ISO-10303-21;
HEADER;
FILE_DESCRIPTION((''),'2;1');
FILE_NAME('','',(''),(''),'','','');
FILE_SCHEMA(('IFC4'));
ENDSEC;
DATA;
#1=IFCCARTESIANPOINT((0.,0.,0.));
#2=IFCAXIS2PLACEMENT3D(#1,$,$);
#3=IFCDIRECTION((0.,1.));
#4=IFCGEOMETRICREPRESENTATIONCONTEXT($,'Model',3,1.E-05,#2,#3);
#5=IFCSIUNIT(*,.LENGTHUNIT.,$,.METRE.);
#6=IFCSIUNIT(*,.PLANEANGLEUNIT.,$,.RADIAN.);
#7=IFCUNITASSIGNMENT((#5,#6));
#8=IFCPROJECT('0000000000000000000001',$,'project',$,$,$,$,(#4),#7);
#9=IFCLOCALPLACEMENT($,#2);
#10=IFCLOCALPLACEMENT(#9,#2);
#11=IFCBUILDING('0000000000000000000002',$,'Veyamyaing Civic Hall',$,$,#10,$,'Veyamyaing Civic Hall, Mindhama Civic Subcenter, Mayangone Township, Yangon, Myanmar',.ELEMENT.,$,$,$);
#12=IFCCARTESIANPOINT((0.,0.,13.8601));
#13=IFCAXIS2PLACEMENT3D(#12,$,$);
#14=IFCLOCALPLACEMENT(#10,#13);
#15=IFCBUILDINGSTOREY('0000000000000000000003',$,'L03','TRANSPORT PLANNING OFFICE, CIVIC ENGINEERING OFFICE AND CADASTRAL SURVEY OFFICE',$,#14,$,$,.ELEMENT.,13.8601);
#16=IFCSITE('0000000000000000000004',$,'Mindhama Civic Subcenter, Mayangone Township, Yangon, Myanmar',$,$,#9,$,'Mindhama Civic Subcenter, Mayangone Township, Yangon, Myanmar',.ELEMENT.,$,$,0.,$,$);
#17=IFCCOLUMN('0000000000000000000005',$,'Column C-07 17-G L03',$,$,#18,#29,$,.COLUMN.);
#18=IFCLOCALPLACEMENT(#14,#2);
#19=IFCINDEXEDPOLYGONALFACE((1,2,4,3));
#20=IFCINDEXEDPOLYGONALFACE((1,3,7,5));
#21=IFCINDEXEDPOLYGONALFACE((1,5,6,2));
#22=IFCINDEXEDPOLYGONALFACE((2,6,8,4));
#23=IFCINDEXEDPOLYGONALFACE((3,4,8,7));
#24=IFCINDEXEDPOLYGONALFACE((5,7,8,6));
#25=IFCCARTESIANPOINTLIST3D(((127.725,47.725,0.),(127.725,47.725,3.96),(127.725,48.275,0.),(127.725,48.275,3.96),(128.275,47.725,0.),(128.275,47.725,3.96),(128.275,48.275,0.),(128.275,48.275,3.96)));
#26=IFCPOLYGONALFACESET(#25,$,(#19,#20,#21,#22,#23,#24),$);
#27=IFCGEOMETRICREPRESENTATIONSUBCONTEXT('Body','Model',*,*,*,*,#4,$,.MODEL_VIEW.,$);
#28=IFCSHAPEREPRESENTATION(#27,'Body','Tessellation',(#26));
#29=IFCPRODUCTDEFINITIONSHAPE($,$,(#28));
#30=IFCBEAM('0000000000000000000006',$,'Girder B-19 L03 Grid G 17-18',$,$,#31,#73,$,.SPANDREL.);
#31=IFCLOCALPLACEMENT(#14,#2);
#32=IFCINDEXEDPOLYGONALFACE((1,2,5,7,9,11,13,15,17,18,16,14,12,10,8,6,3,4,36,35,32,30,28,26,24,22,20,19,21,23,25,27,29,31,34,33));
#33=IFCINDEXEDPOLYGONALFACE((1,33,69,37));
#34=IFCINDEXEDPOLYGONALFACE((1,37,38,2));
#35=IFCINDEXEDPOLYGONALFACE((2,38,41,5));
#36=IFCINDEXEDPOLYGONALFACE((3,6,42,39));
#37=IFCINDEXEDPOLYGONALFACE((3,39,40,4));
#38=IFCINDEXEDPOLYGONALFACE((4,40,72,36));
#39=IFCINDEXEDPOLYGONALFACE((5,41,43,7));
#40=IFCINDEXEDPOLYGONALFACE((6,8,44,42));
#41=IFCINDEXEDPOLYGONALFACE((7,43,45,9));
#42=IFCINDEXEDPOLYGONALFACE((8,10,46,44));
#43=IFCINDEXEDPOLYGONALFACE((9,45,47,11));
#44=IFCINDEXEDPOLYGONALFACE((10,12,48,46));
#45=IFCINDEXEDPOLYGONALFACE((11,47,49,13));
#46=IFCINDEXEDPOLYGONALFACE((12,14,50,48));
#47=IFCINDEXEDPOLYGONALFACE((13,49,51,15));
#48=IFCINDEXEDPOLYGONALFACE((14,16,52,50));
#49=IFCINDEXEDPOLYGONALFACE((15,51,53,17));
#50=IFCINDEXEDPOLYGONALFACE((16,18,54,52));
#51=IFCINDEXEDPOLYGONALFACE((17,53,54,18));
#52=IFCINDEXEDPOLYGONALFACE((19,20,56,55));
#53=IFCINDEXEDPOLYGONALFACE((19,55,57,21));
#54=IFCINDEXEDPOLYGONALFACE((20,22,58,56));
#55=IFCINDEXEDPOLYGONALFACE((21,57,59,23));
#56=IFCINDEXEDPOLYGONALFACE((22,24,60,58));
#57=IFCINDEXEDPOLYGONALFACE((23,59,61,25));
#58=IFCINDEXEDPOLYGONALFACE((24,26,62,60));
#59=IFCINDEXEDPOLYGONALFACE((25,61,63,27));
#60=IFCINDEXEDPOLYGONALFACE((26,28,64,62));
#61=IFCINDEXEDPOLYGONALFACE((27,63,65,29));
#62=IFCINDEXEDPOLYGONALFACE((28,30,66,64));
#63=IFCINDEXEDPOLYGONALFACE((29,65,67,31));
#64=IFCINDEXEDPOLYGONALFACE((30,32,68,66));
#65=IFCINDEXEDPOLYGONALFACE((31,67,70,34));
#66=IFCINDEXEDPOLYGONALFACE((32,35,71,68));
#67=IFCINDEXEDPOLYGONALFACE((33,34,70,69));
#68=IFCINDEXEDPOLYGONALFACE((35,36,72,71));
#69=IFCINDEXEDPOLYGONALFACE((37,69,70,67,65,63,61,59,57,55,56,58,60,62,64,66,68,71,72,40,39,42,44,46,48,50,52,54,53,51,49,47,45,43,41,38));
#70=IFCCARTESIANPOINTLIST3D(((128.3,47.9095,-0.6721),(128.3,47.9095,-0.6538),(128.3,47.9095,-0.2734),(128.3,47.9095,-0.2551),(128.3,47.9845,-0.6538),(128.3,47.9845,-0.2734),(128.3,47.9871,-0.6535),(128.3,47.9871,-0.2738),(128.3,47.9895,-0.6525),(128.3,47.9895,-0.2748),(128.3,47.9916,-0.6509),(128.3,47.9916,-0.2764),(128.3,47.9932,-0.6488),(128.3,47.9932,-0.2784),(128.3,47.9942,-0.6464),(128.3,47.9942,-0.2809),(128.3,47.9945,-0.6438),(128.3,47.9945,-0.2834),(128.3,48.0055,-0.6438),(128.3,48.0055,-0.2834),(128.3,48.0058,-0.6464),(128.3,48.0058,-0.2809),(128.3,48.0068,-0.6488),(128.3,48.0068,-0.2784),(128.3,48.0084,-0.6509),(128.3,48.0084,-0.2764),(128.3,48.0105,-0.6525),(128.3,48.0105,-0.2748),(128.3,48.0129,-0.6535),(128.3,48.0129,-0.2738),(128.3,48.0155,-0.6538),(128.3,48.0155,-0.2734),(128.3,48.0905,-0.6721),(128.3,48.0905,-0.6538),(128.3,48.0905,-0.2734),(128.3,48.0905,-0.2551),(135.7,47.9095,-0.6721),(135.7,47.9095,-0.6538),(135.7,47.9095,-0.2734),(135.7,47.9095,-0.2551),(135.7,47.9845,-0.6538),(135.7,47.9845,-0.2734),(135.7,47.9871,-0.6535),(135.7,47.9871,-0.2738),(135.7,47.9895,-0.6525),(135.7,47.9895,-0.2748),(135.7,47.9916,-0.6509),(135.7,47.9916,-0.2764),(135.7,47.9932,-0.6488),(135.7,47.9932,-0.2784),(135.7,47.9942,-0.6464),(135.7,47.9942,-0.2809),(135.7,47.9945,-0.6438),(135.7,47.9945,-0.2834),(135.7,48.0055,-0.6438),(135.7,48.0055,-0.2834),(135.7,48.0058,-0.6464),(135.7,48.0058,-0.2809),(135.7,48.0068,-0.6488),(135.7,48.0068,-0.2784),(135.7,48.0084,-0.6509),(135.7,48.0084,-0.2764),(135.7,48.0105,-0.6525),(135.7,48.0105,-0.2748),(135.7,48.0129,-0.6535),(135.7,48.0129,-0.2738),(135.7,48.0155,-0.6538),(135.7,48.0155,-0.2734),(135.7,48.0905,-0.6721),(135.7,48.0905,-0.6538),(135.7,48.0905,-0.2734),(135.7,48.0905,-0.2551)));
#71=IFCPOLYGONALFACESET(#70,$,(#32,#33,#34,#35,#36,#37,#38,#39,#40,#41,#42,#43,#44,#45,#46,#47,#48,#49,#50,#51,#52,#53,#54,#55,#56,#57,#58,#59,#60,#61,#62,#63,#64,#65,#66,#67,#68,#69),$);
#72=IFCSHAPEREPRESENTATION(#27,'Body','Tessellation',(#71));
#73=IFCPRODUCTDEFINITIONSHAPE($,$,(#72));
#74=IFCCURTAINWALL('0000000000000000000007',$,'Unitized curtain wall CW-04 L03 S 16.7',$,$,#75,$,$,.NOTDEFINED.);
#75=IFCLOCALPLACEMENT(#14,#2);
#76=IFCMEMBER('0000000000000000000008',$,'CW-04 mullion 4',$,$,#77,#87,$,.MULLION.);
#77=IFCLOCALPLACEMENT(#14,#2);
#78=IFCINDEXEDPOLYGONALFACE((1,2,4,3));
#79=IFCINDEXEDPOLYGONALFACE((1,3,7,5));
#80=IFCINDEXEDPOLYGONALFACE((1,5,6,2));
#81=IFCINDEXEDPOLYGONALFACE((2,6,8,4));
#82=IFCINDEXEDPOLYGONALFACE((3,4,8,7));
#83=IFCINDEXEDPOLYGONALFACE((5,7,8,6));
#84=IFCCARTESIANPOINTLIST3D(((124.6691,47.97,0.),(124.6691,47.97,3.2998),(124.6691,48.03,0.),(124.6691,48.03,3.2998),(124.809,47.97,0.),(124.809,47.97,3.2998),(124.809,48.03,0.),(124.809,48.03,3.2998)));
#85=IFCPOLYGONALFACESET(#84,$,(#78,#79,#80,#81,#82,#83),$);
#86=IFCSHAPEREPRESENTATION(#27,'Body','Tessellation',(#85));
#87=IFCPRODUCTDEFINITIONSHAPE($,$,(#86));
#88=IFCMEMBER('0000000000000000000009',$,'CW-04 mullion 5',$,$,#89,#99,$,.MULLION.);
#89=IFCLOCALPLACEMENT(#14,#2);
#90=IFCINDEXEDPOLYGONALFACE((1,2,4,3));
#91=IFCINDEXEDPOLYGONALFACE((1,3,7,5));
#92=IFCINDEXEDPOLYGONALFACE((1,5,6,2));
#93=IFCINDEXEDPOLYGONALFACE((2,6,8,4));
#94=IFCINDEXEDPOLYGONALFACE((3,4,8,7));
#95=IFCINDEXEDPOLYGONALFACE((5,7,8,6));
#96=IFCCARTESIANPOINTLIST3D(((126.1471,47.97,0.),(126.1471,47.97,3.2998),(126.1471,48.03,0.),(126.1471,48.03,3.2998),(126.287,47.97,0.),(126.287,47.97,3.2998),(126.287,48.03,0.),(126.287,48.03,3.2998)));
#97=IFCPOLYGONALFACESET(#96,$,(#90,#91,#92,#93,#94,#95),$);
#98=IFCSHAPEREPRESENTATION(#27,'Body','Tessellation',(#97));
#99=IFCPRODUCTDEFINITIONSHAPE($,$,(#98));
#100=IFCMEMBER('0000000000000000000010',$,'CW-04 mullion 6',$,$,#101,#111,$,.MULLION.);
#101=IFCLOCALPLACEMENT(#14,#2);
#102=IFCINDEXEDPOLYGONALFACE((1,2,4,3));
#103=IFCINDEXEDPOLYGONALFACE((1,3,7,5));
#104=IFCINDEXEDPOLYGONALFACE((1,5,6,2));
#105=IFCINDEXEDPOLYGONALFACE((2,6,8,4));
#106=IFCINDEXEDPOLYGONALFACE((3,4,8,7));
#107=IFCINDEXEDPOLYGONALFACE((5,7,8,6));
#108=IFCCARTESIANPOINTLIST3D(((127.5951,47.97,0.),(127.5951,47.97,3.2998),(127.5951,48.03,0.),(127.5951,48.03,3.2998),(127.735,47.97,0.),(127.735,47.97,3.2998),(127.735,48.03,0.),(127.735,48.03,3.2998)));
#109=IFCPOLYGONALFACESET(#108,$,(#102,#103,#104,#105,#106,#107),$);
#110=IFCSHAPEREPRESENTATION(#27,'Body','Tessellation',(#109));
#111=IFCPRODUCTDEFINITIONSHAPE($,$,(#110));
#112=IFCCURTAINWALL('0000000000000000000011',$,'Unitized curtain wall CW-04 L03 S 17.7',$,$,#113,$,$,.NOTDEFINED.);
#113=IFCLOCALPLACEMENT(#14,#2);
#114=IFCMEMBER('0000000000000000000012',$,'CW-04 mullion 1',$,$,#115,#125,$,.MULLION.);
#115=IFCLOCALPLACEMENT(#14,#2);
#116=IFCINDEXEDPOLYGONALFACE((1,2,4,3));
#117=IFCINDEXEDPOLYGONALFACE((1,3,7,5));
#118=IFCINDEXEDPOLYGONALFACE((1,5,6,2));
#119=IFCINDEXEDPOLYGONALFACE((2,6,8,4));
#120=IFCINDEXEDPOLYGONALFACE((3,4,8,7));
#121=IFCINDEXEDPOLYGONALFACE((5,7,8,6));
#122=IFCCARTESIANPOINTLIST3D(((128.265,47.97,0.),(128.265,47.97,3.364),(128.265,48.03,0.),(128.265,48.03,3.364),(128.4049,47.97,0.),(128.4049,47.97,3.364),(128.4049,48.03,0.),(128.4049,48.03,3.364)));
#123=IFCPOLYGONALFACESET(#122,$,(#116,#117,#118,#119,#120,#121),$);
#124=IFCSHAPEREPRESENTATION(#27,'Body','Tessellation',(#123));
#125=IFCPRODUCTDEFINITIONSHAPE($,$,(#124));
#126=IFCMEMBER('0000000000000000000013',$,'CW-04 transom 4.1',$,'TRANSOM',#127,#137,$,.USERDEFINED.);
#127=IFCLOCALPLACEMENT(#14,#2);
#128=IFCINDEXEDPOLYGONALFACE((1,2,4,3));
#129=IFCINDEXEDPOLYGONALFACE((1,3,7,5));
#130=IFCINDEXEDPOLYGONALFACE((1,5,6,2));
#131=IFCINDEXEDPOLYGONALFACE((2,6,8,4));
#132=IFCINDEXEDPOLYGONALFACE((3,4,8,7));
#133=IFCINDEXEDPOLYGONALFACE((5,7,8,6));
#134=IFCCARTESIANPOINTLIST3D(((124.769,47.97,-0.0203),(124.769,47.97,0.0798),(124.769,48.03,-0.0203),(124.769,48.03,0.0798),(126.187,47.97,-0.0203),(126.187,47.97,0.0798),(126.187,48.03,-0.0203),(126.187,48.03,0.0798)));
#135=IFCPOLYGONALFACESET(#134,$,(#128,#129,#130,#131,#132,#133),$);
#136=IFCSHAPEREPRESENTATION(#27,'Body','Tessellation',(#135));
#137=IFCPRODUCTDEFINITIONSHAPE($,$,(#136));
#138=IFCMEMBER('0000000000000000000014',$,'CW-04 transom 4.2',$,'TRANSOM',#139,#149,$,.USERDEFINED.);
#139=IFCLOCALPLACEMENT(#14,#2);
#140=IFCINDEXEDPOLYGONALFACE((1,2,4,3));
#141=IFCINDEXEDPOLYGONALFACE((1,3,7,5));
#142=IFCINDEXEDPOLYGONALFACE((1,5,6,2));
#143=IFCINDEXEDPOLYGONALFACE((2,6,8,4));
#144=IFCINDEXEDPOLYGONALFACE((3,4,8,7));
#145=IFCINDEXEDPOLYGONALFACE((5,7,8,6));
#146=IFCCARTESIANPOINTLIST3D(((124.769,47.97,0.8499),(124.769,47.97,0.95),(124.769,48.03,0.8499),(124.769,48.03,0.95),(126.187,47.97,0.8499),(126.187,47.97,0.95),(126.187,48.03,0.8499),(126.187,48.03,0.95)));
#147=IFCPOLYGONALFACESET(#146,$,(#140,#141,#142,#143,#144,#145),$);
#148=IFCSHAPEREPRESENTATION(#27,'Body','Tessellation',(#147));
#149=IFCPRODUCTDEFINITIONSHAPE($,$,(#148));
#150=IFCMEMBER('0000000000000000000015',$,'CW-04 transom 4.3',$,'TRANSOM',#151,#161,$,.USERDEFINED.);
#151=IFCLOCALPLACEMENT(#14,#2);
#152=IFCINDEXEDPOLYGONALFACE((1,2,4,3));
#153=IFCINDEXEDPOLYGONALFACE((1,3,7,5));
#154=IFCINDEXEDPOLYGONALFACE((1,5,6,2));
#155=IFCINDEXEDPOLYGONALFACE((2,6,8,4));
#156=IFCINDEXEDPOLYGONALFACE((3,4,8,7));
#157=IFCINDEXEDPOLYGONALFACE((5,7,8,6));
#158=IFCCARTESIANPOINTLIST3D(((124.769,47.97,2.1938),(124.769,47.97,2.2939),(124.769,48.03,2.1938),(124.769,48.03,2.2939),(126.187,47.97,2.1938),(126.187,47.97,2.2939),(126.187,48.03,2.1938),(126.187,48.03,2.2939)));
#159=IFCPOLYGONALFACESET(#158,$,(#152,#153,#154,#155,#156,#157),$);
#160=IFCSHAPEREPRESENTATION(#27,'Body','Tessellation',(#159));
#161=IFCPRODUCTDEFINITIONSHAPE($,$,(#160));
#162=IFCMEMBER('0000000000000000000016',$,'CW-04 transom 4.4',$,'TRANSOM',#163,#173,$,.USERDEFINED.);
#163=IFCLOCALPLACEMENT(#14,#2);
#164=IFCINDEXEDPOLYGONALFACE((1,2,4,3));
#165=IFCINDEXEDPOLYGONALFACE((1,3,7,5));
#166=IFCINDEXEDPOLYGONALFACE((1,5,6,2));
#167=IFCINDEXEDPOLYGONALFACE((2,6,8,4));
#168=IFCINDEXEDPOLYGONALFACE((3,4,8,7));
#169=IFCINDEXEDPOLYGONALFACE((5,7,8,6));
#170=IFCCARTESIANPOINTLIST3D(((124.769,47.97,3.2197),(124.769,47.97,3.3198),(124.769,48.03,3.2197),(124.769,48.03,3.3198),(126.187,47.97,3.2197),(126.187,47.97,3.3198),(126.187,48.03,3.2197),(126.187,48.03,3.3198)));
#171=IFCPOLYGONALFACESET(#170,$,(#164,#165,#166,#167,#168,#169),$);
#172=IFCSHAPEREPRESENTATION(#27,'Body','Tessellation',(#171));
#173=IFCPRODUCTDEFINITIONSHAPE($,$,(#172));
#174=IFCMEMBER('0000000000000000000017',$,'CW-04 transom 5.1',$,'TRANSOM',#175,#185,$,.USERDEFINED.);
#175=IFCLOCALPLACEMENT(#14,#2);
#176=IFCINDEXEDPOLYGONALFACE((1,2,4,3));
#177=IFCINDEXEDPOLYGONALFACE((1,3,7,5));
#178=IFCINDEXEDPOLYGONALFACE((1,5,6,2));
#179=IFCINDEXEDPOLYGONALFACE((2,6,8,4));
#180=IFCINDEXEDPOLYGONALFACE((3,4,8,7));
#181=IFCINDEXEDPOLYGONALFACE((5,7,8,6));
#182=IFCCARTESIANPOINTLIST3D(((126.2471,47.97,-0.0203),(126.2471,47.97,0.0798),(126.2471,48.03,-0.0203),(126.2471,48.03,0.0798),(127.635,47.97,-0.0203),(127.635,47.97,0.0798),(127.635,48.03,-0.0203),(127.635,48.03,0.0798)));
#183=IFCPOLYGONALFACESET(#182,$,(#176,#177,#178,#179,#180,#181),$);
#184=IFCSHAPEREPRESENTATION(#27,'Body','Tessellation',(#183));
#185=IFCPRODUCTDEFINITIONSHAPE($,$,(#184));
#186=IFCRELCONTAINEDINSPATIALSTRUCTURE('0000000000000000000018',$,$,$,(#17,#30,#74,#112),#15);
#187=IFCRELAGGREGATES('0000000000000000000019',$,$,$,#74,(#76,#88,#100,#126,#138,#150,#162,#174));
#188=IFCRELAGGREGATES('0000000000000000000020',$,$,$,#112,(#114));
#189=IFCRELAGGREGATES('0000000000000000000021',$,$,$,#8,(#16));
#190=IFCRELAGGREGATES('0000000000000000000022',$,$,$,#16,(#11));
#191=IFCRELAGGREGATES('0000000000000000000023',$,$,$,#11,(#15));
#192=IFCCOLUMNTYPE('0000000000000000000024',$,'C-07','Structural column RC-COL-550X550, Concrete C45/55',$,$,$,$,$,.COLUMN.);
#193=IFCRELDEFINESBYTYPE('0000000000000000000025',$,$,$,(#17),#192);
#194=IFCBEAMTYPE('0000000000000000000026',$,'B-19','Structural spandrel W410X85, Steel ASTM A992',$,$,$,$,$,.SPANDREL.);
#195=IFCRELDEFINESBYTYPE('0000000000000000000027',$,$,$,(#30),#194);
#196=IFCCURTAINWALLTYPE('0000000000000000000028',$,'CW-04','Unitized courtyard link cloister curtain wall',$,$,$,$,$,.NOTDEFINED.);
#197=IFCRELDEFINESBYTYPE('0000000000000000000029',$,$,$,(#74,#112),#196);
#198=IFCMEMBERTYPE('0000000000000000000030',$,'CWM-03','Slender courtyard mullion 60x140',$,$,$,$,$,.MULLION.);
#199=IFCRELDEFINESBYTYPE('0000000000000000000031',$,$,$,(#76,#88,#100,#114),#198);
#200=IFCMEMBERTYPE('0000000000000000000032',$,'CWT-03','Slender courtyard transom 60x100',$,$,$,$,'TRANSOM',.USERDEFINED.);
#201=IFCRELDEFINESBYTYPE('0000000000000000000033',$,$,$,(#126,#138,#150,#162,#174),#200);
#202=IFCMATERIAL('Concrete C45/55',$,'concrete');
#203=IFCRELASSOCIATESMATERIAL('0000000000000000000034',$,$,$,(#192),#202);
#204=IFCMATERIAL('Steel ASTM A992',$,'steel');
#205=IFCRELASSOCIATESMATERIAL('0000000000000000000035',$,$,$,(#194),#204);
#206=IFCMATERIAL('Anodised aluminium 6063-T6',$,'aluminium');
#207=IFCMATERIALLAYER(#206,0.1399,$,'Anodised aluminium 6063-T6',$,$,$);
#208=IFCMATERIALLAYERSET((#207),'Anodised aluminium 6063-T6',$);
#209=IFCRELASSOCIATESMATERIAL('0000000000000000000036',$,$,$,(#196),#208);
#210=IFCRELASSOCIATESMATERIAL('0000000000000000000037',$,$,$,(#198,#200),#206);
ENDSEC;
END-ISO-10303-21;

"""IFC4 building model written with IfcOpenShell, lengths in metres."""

from ifc_helpers import new_model, si_unit, direction, frame, origin, origin_2d, place, context, subcontext, project, spatial, rectangle, i_section, extrude, material, layer, layer_set, material_profile, profile_set, type_object, element, aggregate, save


model = new_model("IFC4")

# Units and contexts
model_context = context("Model", 3, precision=1e-05, world=origin(), true_north=direction((0.0, 1.0)))
body_context = subcontext(model_context, "Body", "Model", "MODEL_VIEW")
ifc_project = project(units=[si_unit("LENGTHUNIT", "METRE"), si_unit("PLANEANGLEUNIT", "RADIAN")], contexts=[model_context])

# Site, building, storey
site_placement = place(None, origin())
site = spatial("IfcSite", under=ifc_project, at=site_placement, Name="Mindhama Civic Subcenter, Mayangone Township, Yangon, Myanmar", LongName="Mindhama Civic Subcenter, Mayangone Township, Yangon, Myanmar", CompositionType="ELEMENT", RefElevation=0.0)
building_placement = place(site_placement, origin())
building = spatial("IfcBuilding", under=site, at=building_placement, Name="Veyamyaing Civic Hall", LongName="Veyamyaing Civic Hall, Mindhama Civic Subcenter, Mayangone Township, Yangon, Myanmar", CompositionType="ELEMENT")
storey_placement = place(building_placement, frame((0.0, 0.0, 13.8601)))
storey = spatial("IfcBuildingStorey", under=building, at=storey_placement, Name="L03", Description="TRANSPORT PLANNING OFFICE, CIVIC ENGINEERING OFFICE AND CADASTRAL SURVEY OFFICE", CompositionType="ELEMENT", Elevation=13.8601)

# Column
ifc_material_1 = material(Name="Concrete C45/55", Category="concrete")
ifc_material_profile_1 = material_profile(ifc_material_1, rectangle(XDim=0.55, YDim=0.55, at=origin_2d()), Name="RC-COL-550X550")
ifc_profile_set_1 = profile_set([ifc_material_profile_1], Name="Concrete C45/55")
column_type = type_object("IfcColumnType", Name="C-07", Description="Structural column RC-COL-550X550, Concrete C45/55", PredefinedType="COLUMN", material=ifc_profile_set_1)
column_placement = place(storey_placement, frame((128.0, 48.0, 0.0), z_axis=(0.0, 0.0, 1.0), x_axis=(1.0, 0.0, 0.0)))
element("IfcColumn", 1, at=column_placement, inside=storey, type_object=column_type, Name="Column C-07 17-G L03", PredefinedType="COLUMN", context=body_context, shape_type="SweptSolid", body=[
    extrude(rectangle(XDim=0.55, YDim=0.55, at=origin_2d()), origin(), (0.0, 0.0, 1.0), 3.96),
])

# Beam
ifc_material_2 = material(Name="Steel ASTM A992", Category="steel")
ifc_material_profile_2 = material_profile(ifc_material_2, i_section(OverallWidth=0.1809, OverallDepth=0.417, WebThickness=0.011, FlangeThickness=0.0183, FilletRadius=0.01, at=origin_2d()), Name="W410X85")
ifc_profile_set_2 = profile_set([ifc_material_profile_2], Name="Steel ASTM A992")
beam_type = type_object("IfcBeamType", Name="B-19", Description="Structural spandrel W410X85, Steel ASTM A992", PredefinedType="SPANDREL", material=ifc_profile_set_2)
beam_placement = place(storey_placement, frame((128.3, 48.0, -0.4636), z_axis=(1.0, 0.0, 0.0), x_axis=(0.0, 1.0, 0.0)))
element("IfcBeam", 2, at=beam_placement, inside=storey, type_object=beam_type, Name="Girder B-19 L03 Grid G 17-18", PredefinedType="SPANDREL", context=body_context, shape_type="SweptSolid", body=[
    extrude(i_section(OverallWidth=0.1809, OverallDepth=0.417, WebThickness=0.011, FlangeThickness=0.0183, FilletRadius=0.01, at=origin_2d()), origin(), (0.0, 0.0, 1.0), 7.3999),
])

# Curtain wall, members
ifc_material_3 = material(Name="Anodised aluminium 6063-T6", Category="aluminium")
ifc_layer_1 = layer(ifc_material_3, 0.1399, Name="Anodised aluminium 6063-T6")
ifc_layer_set_1 = layer_set([ifc_layer_1], Name="Anodised aluminium 6063-T6")
curtain_wall_type = type_object("IfcCurtainWallType", Name="CW-04", Description="Unitized courtyard link cloister curtain wall", PredefinedType="NOTDEFINED", material=ifc_layer_set_1)
curtain_wall_1_placement = place(storey_placement, origin())
curtain_wall_1 = element("IfcCurtainWall", 3, at=curtain_wall_1_placement, inside=storey, type_object=curtain_wall_type, Name="Unitized curtain wall CW-04 L03 S 16.7", PredefinedType="NOTDEFINED")
ifc_material_profile_3 = material_profile(ifc_material_3, rectangle(XDim=0.0601, YDim=0.1399, at=origin_2d()), Name="ALU-MUL-60X140")
ifc_profile_set_3 = profile_set([ifc_material_profile_3], Name="Anodised aluminium 6063-T6")
member_type_1 = type_object("IfcMemberType", Name="CWM-03", Description="Slender courtyard mullion 60x140", PredefinedType="MULLION", material=ifc_profile_set_3)
member_1_placement = place(storey_placement, frame((124.739, 48.0, 0.0), z_axis=(0.0, 0.0, 1.0), x_axis=(0.0, 1.0, 0.0)))
member_1 = element("IfcMember", 4, at=member_1_placement, type_object=member_type_1, Name="CW-04 mullion 4", PredefinedType="MULLION", context=body_context, shape_type="SweptSolid", body=[
    extrude(rectangle(XDim=0.0601, YDim=0.1399, at=origin_2d()), origin(), (0.0, 0.0, 1.0), 3.2998),
])
member_2_placement = place(storey_placement, frame((126.217, 48.0, 0.0), z_axis=(0.0, 0.0, 1.0), x_axis=(0.0, 1.0, 0.0)))
member_2 = element("IfcMember", 5, at=member_2_placement, type_object=member_type_1, Name="CW-04 mullion 5", PredefinedType="MULLION", context=body_context, shape_type="SweptSolid", body=[
    extrude(rectangle(XDim=0.0601, YDim=0.1399, at=origin_2d()), origin(), (0.0, 0.0, 1.0), 3.2998),
])
member_3_placement = place(storey_placement, frame((127.665, 48.0, 0.0), z_axis=(0.0, 0.0, 1.0), x_axis=(0.0, 1.0, 0.0)))
member_3 = element("IfcMember", 6, at=member_3_placement, type_object=member_type_1, Name="CW-04 mullion 6", PredefinedType="MULLION", context=body_context, shape_type="SweptSolid", body=[
    extrude(rectangle(XDim=0.0601, YDim=0.1399, at=origin_2d()), origin(), (0.0, 0.0, 1.0), 3.2998),
])

# Curtain wall, member
curtain_wall_2_placement = place(storey_placement, origin())
curtain_wall_2 = element("IfcCurtainWall", 7, at=curtain_wall_2_placement, inside=storey, type_object=curtain_wall_type, Name="Unitized curtain wall CW-04 L03 S 17.7", PredefinedType="NOTDEFINED")
member_4_placement = place(storey_placement, frame((128.335, 48.0, 0.0), z_axis=(0.0, 0.0, 1.0), x_axis=(0.0, 1.0, 0.0)))
member_4 = element("IfcMember", 8, at=member_4_placement, type_object=member_type_1, Name="CW-04 mullion 1", PredefinedType="MULLION", context=body_context, shape_type="SweptSolid", body=[
    extrude(rectangle(XDim=0.0601, YDim=0.1399, at=origin_2d()), origin(), (0.0, 0.0, 1.0), 3.364),
])

# Members
ifc_material_profile_4 = material_profile(ifc_material_3, rectangle(XDim=0.0601, YDim=0.1001, at=origin_2d()), Name="ALU-TRN-60X100")
ifc_profile_set_4 = profile_set([ifc_material_profile_4], Name="Anodised aluminium 6063-T6")
member_type_2 = type_object("IfcMemberType", Name="CWT-03", Description="Slender courtyard transom 60x100", ElementType="TRANSOM", PredefinedType="USERDEFINED", material=ifc_profile_set_4)
member_5_placement = place(storey_placement, frame((124.769, 48.0, 0.0298), z_axis=(1.0, 0.0, 0.0), x_axis=(0.0, 1.0, 0.0)))
member_5 = element("IfcMember", 9, at=member_5_placement, type_object=member_type_2, Name="CW-04 transom 4.1", ObjectType="TRANSOM", PredefinedType="USERDEFINED", context=body_context, shape_type="SweptSolid", body=[
    extrude(rectangle(XDim=0.0601, YDim=0.1001, at=origin_2d()), origin(), (0.0, 0.0, 1.0), 1.418),
])
member_6_placement = place(storey_placement, frame((124.769, 48.0, 0.8999), z_axis=(1.0, 0.0, 0.0), x_axis=(0.0, 1.0, 0.0)))
member_6 = element("IfcMember", 10, at=member_6_placement, type_object=member_type_2, Name="CW-04 transom 4.2", ObjectType="TRANSOM", PredefinedType="USERDEFINED", context=body_context, shape_type="SweptSolid", body=[
    extrude(rectangle(XDim=0.0601, YDim=0.1001, at=origin_2d()), origin(), (0.0, 0.0, 1.0), 1.418),
])
member_7_placement = place(storey_placement, frame((124.769, 48.0, 2.2439), z_axis=(1.0, 0.0, 0.0), x_axis=(0.0, 1.0, 0.0)))
member_7 = element("IfcMember", 11, at=member_7_placement, type_object=member_type_2, Name="CW-04 transom 4.3", ObjectType="TRANSOM", PredefinedType="USERDEFINED", context=body_context, shape_type="SweptSolid", body=[
    extrude(rectangle(XDim=0.0601, YDim=0.1001, at=origin_2d()), origin(), (0.0, 0.0, 1.0), 1.418),
])
member_8_placement = place(storey_placement, frame((124.769, 48.0, 3.2698), z_axis=(1.0, 0.0, 0.0), x_axis=(0.0, 1.0, 0.0)))
member_8 = element("IfcMember", 12, at=member_8_placement, type_object=member_type_2, Name="CW-04 transom 4.4", ObjectType="TRANSOM", PredefinedType="USERDEFINED", context=body_context, shape_type="SweptSolid", body=[
    extrude(rectangle(XDim=0.0601, YDim=0.1001, at=origin_2d()), origin(), (0.0, 0.0, 1.0), 1.418),
])
member_9_placement = place(storey_placement, frame((126.2471, 48.0, 0.0298), z_axis=(1.0, 0.0, 0.0), x_axis=(0.0, 1.0, 0.0)))
member_9 = element("IfcMember", 13, at=member_9_placement, type_object=member_type_2, Name="CW-04 transom 5.1", ObjectType="TRANSOM", PredefinedType="USERDEFINED", context=body_context, shape_type="SweptSolid", body=[
    extrude(rectangle(XDim=0.0601, YDim=0.1001, at=origin_2d()), origin(), (0.0, 0.0, 1.0), 1.3879),
])

aggregate(curtain_wall_1, [member_1, member_2, member_3, member_5, member_6, member_7, member_8, member_9])
aggregate(curtain_wall_2, [member_4])

save(model, "model.ifc")
